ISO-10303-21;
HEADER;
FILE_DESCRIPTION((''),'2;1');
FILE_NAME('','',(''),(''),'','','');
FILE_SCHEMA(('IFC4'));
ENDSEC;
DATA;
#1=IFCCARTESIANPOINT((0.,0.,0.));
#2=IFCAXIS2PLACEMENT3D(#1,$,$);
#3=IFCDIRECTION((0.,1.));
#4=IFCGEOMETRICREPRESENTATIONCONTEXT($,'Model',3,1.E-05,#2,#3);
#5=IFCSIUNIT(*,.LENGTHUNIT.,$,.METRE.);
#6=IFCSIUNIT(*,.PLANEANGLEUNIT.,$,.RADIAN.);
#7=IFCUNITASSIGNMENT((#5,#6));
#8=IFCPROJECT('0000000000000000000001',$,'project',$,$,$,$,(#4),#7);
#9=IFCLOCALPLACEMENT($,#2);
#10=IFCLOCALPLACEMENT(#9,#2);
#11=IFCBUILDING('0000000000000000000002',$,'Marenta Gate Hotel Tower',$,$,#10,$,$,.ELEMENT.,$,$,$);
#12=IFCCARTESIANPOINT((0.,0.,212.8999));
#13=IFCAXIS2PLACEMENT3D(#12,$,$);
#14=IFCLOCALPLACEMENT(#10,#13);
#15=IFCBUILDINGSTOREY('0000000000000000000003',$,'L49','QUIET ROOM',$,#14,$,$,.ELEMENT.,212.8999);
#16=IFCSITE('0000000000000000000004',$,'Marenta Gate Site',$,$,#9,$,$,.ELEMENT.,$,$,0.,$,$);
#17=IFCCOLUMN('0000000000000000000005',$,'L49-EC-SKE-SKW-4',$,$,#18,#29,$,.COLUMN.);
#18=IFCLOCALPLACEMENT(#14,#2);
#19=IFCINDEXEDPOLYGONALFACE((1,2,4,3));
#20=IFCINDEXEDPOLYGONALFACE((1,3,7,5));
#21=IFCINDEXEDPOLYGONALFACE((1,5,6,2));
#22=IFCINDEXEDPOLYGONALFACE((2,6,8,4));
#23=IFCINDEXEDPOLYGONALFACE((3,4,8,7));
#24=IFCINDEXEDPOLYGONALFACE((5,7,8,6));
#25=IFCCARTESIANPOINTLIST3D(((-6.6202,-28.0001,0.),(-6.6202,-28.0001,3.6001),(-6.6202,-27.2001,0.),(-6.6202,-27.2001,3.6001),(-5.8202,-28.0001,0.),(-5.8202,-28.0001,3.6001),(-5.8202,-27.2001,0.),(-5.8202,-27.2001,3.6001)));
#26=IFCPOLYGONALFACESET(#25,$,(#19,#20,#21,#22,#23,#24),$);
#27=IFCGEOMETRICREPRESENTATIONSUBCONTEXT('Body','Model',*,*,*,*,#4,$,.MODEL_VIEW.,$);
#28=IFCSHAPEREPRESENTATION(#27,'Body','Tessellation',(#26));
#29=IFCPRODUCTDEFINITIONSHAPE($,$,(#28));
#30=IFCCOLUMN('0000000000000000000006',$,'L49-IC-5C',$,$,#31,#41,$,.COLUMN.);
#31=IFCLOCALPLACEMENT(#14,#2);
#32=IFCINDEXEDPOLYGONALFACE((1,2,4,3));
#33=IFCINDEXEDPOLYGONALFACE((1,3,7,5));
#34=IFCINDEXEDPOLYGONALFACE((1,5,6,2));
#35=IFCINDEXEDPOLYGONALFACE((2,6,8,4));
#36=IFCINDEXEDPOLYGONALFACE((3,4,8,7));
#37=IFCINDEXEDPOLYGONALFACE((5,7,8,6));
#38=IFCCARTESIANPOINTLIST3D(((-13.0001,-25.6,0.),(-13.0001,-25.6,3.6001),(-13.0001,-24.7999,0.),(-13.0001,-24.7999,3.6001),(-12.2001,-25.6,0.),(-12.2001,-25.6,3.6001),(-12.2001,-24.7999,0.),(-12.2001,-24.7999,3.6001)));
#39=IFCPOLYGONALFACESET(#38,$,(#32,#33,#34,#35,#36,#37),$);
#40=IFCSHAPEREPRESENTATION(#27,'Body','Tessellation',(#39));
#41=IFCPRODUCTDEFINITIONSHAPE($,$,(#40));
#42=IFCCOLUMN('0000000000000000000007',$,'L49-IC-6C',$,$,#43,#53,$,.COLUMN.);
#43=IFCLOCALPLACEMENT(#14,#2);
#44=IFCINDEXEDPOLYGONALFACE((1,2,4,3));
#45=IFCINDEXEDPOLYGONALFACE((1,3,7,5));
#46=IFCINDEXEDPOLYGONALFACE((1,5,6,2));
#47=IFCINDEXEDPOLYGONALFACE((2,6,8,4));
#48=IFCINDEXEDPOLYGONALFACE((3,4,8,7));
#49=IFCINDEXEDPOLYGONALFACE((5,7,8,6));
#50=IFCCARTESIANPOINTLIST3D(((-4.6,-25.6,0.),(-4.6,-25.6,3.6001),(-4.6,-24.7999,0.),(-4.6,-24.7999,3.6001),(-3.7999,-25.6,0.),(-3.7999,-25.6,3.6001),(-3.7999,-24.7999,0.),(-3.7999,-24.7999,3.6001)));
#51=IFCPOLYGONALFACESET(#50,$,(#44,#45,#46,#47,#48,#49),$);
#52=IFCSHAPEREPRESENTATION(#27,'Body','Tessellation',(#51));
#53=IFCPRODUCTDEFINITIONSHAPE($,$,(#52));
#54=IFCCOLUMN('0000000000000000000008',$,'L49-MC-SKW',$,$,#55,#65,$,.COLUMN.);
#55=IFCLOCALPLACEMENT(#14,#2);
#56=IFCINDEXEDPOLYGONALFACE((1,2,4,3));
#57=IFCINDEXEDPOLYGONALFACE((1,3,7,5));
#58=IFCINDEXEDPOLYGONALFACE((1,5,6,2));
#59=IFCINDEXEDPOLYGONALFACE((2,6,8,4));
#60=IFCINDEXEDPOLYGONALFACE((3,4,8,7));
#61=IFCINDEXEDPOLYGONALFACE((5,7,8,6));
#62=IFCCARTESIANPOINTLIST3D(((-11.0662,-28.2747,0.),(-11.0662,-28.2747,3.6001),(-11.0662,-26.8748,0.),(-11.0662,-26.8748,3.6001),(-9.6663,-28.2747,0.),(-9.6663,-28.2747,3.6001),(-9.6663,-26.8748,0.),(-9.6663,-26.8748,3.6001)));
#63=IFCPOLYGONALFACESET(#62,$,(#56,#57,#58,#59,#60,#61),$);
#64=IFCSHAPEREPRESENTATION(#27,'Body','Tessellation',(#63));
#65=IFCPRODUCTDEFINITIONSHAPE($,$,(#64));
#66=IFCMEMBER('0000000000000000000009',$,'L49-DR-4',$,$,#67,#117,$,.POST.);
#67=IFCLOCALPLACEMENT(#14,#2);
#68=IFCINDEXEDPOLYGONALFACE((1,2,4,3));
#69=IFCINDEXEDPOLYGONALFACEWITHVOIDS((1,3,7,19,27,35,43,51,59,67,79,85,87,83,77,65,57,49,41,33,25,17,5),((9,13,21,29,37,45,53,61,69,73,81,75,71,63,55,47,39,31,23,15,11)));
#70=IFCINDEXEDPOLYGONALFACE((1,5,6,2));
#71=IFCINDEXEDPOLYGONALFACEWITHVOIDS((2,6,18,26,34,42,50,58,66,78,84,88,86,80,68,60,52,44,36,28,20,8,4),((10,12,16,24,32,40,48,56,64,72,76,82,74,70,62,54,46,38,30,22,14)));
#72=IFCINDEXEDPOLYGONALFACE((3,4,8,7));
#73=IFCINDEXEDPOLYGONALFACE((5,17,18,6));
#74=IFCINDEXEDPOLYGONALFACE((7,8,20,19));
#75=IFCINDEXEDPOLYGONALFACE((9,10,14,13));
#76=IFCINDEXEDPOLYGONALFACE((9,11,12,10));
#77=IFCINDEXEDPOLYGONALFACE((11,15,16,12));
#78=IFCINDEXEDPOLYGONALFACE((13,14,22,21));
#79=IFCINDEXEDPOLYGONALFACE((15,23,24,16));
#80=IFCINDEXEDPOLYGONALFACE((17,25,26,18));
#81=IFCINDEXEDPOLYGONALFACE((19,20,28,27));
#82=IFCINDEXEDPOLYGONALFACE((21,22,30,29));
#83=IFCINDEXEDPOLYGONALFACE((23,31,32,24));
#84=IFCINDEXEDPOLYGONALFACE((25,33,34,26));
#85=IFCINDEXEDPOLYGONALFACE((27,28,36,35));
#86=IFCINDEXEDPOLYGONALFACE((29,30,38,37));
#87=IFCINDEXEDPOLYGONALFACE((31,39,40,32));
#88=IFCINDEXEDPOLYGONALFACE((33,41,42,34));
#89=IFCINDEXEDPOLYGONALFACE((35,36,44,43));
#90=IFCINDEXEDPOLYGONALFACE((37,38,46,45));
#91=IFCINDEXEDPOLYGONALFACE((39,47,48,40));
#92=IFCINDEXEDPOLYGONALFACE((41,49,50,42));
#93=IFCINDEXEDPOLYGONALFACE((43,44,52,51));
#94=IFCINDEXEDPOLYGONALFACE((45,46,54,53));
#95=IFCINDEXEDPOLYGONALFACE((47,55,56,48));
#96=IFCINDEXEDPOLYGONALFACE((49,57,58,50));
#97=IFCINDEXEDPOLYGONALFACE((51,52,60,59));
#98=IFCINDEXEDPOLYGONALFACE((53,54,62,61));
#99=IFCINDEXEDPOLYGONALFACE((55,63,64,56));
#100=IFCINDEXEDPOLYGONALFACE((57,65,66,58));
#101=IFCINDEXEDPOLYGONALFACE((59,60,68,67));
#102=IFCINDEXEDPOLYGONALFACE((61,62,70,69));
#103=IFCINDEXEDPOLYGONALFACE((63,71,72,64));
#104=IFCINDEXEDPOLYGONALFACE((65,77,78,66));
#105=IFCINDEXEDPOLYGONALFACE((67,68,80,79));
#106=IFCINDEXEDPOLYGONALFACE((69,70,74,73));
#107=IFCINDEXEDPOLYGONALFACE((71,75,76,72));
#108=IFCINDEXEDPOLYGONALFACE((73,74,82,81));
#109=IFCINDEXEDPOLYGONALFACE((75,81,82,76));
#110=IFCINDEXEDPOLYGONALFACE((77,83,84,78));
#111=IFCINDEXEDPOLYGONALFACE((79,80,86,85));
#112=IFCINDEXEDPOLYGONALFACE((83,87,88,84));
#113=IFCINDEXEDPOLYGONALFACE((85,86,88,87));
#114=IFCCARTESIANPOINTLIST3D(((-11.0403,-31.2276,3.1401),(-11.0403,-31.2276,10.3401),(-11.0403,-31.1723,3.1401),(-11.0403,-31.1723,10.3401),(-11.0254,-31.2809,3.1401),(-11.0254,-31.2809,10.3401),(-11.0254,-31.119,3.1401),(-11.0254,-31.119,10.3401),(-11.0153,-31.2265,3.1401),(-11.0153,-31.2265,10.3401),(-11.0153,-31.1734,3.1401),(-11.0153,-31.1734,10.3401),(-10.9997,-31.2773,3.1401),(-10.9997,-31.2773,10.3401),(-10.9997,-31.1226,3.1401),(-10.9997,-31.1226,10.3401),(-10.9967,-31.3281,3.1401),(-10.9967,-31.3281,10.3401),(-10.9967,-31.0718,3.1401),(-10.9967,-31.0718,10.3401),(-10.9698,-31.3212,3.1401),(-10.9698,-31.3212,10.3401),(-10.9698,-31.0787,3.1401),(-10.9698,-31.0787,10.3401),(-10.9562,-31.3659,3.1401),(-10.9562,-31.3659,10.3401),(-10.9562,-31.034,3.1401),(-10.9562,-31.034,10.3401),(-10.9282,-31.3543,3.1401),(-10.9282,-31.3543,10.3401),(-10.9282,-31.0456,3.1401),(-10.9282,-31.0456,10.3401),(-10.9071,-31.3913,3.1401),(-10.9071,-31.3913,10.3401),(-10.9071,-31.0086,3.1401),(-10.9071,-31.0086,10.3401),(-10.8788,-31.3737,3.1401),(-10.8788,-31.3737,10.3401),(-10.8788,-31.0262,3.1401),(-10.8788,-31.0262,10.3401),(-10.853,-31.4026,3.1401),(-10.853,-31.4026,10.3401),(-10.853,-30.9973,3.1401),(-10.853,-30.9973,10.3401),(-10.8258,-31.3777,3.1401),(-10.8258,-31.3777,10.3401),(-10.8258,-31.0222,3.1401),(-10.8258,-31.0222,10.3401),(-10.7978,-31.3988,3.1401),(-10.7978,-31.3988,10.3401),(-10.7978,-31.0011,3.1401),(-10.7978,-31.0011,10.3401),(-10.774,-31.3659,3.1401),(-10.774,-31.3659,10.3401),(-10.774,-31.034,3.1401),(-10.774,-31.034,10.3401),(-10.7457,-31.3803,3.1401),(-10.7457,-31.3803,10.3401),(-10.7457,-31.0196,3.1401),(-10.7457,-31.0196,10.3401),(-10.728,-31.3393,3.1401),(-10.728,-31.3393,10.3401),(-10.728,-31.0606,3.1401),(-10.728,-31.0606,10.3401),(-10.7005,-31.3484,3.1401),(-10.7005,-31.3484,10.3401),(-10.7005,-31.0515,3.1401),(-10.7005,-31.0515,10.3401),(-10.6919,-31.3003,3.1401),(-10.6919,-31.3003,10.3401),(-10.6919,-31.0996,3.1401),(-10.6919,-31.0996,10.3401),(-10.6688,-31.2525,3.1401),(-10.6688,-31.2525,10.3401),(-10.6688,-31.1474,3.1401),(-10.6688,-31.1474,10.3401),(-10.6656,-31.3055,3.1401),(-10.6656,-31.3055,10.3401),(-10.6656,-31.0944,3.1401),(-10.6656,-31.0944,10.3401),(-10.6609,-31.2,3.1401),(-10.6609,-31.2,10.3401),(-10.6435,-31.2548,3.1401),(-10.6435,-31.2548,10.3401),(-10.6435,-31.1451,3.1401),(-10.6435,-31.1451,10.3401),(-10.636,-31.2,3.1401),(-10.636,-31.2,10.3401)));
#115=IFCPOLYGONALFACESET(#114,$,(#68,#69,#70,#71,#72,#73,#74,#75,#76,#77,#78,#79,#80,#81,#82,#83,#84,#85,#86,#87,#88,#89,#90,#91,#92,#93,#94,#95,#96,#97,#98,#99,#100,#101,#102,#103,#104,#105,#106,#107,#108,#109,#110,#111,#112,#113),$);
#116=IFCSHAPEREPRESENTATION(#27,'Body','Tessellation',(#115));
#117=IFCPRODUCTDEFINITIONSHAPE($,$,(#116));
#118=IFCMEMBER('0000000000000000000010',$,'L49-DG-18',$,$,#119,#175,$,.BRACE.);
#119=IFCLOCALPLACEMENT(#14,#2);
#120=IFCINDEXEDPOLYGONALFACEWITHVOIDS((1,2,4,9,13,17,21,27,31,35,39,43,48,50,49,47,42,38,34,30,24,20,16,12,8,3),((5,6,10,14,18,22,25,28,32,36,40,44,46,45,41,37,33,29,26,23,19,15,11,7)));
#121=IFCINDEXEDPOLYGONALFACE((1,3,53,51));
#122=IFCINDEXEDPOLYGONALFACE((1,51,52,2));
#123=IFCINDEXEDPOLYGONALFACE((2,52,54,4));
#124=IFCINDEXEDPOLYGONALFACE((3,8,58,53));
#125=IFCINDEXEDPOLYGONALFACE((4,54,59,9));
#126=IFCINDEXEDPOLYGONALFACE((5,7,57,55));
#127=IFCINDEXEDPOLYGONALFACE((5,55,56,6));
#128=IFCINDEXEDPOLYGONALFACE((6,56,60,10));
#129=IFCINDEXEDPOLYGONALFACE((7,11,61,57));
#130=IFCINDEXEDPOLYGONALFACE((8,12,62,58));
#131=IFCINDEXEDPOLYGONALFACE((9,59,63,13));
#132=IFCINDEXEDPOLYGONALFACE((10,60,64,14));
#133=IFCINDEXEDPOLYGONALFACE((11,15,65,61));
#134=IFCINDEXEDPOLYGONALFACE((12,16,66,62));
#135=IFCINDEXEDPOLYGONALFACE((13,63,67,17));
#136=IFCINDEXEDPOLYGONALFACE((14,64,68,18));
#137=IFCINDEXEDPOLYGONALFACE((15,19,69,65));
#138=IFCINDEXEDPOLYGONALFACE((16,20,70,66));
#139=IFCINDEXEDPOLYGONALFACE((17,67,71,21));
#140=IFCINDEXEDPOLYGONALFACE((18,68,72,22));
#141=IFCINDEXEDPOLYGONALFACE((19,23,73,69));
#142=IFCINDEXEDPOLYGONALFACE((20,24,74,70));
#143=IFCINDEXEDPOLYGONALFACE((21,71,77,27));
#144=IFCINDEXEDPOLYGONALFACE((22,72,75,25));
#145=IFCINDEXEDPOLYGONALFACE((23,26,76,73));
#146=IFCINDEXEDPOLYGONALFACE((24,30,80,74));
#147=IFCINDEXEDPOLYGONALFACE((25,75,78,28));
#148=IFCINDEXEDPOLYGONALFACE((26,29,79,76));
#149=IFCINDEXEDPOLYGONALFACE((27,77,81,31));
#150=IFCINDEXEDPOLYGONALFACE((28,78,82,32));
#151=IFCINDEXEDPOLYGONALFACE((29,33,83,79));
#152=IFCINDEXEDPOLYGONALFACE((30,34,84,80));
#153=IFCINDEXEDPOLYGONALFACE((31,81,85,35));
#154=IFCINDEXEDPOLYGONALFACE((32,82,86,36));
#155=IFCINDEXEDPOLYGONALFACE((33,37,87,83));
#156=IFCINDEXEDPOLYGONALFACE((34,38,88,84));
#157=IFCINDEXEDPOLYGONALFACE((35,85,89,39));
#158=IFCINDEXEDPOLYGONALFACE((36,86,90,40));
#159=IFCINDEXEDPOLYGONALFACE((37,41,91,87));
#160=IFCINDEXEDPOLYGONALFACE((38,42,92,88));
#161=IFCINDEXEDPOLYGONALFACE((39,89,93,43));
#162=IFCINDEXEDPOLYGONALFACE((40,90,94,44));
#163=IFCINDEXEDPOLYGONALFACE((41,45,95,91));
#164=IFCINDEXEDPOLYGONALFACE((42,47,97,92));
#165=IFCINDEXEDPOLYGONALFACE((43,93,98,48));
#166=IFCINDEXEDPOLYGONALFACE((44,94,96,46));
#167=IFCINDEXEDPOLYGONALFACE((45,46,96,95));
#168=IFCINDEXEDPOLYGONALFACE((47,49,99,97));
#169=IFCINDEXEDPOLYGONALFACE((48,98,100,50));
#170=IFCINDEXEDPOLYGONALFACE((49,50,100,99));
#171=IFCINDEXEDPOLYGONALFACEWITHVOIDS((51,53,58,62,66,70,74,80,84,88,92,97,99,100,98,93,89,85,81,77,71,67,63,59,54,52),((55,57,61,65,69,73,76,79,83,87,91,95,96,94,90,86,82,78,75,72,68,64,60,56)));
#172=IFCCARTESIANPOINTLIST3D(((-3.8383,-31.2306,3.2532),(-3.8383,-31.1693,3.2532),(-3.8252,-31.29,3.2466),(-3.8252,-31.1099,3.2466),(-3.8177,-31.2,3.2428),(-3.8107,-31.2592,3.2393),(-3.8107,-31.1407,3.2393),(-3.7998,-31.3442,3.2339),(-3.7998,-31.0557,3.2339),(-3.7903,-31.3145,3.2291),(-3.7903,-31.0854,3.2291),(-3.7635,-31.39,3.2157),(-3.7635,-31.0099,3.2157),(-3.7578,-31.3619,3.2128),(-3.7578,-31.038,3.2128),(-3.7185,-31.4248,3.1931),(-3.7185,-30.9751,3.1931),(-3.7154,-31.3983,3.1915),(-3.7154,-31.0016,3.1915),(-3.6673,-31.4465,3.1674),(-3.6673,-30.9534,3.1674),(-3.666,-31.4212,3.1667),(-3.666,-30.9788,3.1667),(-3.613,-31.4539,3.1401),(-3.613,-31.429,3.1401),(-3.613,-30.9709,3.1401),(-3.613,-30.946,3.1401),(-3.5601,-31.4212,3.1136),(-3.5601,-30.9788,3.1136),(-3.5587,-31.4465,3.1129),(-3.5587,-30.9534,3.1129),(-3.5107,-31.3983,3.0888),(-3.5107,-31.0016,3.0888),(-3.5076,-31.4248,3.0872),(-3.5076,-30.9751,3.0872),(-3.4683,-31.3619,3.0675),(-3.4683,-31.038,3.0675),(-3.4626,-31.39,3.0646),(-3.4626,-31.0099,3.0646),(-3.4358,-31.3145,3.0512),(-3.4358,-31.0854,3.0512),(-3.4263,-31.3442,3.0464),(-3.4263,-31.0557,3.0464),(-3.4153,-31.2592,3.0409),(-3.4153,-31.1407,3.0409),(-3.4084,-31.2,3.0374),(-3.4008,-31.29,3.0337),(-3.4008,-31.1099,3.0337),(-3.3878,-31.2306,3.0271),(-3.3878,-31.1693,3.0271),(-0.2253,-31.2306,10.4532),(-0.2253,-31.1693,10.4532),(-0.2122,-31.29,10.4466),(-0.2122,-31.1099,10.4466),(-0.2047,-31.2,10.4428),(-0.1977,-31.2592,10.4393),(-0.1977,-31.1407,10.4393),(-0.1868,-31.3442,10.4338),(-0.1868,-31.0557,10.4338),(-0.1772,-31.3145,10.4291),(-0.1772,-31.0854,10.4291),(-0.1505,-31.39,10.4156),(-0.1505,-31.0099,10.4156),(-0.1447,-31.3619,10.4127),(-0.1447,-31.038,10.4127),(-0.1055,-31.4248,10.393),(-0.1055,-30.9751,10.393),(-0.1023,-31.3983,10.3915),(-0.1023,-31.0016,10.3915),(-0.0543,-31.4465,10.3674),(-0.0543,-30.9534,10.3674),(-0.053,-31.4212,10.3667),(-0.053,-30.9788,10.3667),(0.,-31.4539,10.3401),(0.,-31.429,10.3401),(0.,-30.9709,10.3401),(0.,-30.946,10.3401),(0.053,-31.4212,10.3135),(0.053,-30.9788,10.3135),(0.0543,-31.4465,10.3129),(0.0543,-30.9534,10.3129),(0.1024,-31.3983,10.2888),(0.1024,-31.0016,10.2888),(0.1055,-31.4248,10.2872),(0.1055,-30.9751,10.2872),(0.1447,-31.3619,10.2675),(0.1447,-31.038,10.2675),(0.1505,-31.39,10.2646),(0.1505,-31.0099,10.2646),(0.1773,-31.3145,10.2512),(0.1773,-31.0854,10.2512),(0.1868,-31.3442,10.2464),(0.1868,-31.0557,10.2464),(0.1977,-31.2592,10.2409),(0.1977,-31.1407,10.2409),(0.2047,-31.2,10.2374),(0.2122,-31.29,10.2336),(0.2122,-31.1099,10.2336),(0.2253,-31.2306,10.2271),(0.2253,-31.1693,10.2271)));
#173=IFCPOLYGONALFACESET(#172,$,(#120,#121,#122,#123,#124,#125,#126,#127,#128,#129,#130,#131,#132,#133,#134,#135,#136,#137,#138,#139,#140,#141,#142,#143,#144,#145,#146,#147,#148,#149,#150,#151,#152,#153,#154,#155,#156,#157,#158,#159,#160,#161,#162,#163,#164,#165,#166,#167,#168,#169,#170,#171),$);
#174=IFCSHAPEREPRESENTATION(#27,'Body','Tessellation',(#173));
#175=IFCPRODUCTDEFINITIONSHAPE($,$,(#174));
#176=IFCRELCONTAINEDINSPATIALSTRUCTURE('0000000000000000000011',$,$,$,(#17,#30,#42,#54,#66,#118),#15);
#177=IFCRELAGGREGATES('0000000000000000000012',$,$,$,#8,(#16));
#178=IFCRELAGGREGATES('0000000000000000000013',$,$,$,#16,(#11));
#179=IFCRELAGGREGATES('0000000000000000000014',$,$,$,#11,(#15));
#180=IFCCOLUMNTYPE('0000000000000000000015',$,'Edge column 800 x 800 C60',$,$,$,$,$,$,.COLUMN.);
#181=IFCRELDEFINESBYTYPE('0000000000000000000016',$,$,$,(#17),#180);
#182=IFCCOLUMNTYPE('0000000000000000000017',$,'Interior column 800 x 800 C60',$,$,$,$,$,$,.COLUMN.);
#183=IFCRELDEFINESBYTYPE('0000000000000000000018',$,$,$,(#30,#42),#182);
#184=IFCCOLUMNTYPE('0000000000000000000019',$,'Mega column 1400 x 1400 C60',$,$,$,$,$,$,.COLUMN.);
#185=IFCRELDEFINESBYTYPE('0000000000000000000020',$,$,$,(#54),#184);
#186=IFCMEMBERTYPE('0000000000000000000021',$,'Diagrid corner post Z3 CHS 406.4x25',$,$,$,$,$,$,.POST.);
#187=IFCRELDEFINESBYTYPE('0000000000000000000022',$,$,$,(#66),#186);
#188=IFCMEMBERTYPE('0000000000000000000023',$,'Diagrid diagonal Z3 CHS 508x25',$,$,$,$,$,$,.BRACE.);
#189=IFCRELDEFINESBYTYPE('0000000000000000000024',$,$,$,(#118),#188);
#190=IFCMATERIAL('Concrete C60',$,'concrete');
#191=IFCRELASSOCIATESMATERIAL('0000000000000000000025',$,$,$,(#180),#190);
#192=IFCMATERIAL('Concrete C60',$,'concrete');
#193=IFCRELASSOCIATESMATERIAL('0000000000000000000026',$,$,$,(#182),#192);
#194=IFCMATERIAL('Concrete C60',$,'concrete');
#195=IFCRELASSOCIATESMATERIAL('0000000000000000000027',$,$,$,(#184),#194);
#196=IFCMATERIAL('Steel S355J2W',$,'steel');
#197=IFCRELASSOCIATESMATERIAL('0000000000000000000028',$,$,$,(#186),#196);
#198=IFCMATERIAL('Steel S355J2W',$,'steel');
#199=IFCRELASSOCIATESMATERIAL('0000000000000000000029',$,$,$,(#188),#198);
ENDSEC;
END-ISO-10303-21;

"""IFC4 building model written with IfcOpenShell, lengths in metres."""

from ifc_helpers import new_model, si_unit, direction, frame, origin, origin_2d, place, context, subcontext, project, spatial, rectangle, hollow_circle, extrude, material, material_profile, profile_set, type_object, element, save


model = new_model("IFC4")

# Units and contexts
model_context = context("Model", 3, precision=1e-05, world=origin(), true_north=direction((0.0, 1.0)))
body_context = subcontext(model_context, "Body", "Model", "MODEL_VIEW")
ifc_project = project(units=[si_unit("LENGTHUNIT", "METRE"), si_unit("PLANEANGLEUNIT", "RADIAN")], contexts=[model_context])

# Site, building, storey
site_placement = place(None, origin())
site = spatial("IfcSite", under=ifc_project, at=site_placement, Name="Marenta Gate Site", CompositionType="ELEMENT", RefElevation=0.0)
building_placement = place(site_placement, origin())
building = spatial("IfcBuilding", under=site, at=building_placement, Name="Marenta Gate Hotel Tower", CompositionType="ELEMENT")
storey_placement = place(building_placement, frame((0.0, 0.0, 212.8999)))
storey = spatial("IfcBuildingStorey", under=building, at=storey_placement, Name="L49", Description="QUIET ROOM", CompositionType="ELEMENT", Elevation=212.8999)

# Columns
ifc_material_1 = material(Name="Concrete C60", Category="concrete")
ifc_material_profile_1 = material_profile(ifc_material_1, rectangle(XDim=0.8, YDim=0.8, at=origin_2d()), Name="800 x 800")
ifc_profile_set_1 = profile_set([ifc_material_profile_1], Name="Concrete C60")
column_type_1 = type_object("IfcColumnType", Name="Edge column 800 x 800 C60", PredefinedType="COLUMN", material=ifc_profile_set_1)
column_1_placement = place(storey_placement, frame((-6.2202, -27.6001, 0.0), z_axis=(0.0, 0.0, 1.0), x_axis=(1.0, 0.0, 0.0)))
element("IfcColumn", 1, at=column_1_placement, inside=storey, type_object=column_type_1, Name="L49-EC-SKE-SKW-4", PredefinedType="COLUMN", context=body_context, shape_type="SweptSolid", body=[
    extrude(rectangle(XDim=0.8, YDim=0.8, at=origin_2d()), origin(), (0.0, 0.0, 1.0), 3.6001),
])
ifc_material_2 = material(Name="Concrete C60", Category="concrete")
ifc_material_profile_2 = material_profile(ifc_material_2, rectangle(XDim=0.8, YDim=0.8, at=origin_2d()), Name="800 x 800")
ifc_profile_set_2 = profile_set([ifc_material_profile_2], Name="Concrete C60")
column_type_2 = type_object("IfcColumnType", Name="Interior column 800 x 800 C60", PredefinedType="COLUMN", material=ifc_profile_set_2)
for number, where, z_axis, x_axis, name in (
    (2, (-12.6001, -25.2, 0.0), (0.0, 0.0, 1.0), (1.0, 0.0, 0.0), "L49-IC-5C"),
    (3, (-4.2, -25.2, 0.0), (0.0, 0.0, 1.0), (1.0, 0.0, 0.0), "L49-IC-6C"),
):
    element("IfcColumn", number, at=place(storey_placement, frame(where, z_axis=z_axis, x_axis=x_axis)), inside=storey, type_object=column_type_2, Name=name, PredefinedType="COLUMN", context=body_context, shape_type="SweptSolid", body=[
        extrude(rectangle(XDim=0.8, YDim=0.8, at=origin_2d()), origin(), (0.0, 0.0, 1.0), 3.6001),
    ])
ifc_material_3 = material(Name="Concrete C60", Category="concrete")
ifc_material_profile_3 = material_profile(ifc_material_3, rectangle(XDim=1.3999, YDim=1.3999, at=origin_2d()), Name="1400 x 1400")
ifc_profile_set_3 = profile_set([ifc_material_profile_3], Name="Concrete C60")
column_type_3 = type_object("IfcColumnType", Name="Mega column 1400 x 1400 C60", PredefinedType="COLUMN", material=ifc_profile_set_3)
column_2_placement = place(storey_placement, frame((-10.3662, -27.5747, 0.0), z_axis=(0.0, 0.0, 1.0), x_axis=(1.0, 0.0, 0.0)))
element("IfcColumn", 4, at=column_2_placement, inside=storey, type_object=column_type_3, Name="L49-MC-SKW", PredefinedType="COLUMN", context=body_context, shape_type="SweptSolid", body=[
    extrude(rectangle(XDim=1.3999, YDim=1.3999, at=origin_2d()), origin(), (0.0, 0.0, 1.0), 3.6001),
])

# Members
ifc_material_4 = material(Name="Steel S355J2W", Category="steel")
ifc_material_profile_4 = material_profile(ifc_material_4, hollow_circle(Radius=0.2031, WallThickness=0.0249, at=origin_2d()), Name="CHS 406.4x25")
ifc_profile_set_4 = profile_set([ifc_material_profile_4], Name="Steel S355J2W")
member_type_1 = type_object("IfcMemberType", Name="Diagrid corner post Z3 CHS 406.4x25", PredefinedType="POST", material=ifc_profile_set_4)
member_1_placement = place(storey_placement, frame((-10.8391, -31.2, 3.1401), z_axis=(0.0, 0.0, 1.0), x_axis=(1.0, 0.0, 0.0)))
element("IfcMember", 5, at=member_1_placement, inside=storey, type_object=member_type_1, Name="L49-DR-4", PredefinedType="POST", context=body_context, shape_type="SweptSolid", body=[
    extrude(hollow_circle(Radius=0.2031, WallThickness=0.0249, at=origin_2d()), origin(), (0.0, 0.0, 1.0), 7.2),
])
ifc_material_5 = material(Name="Steel S355J2W", Category="steel")
ifc_material_profile_5 = material_profile(ifc_material_5, hollow_circle(Radius=0.2539, WallThickness=0.0249, at=origin_2d()), Name="CHS 508x25")
ifc_profile_set_5 = profile_set([ifc_material_profile_5], Name="Steel S355J2W")
member_type_2 = type_object("IfcMemberType", Name="Diagrid diagonal Z3 CHS 508x25", PredefinedType="BRACE", material=ifc_profile_set_5)
for number, where, z_axis, x_axis, name in (
    (6, (-3.613, -31.2, 3.1401), (0.44851, 0.0, 0.893778), (0.0, 1.0, 0.0), "L49-DG-18"),
):
    element("IfcMember", number, at=place(storey_placement, frame(where, z_axis=z_axis, x_axis=x_axis)), inside=storey, type_object=member_type_2, Name=name, PredefinedType="BRACE", context=body_context, shape_type="SweptSolid", body=[
        extrude(hollow_circle(Radius=0.2539, WallThickness=0.0249, at=origin_2d()), origin(), (0.0, 0.0, 1.0), 8.0557),
    ])

save(model, "model.ifc")
